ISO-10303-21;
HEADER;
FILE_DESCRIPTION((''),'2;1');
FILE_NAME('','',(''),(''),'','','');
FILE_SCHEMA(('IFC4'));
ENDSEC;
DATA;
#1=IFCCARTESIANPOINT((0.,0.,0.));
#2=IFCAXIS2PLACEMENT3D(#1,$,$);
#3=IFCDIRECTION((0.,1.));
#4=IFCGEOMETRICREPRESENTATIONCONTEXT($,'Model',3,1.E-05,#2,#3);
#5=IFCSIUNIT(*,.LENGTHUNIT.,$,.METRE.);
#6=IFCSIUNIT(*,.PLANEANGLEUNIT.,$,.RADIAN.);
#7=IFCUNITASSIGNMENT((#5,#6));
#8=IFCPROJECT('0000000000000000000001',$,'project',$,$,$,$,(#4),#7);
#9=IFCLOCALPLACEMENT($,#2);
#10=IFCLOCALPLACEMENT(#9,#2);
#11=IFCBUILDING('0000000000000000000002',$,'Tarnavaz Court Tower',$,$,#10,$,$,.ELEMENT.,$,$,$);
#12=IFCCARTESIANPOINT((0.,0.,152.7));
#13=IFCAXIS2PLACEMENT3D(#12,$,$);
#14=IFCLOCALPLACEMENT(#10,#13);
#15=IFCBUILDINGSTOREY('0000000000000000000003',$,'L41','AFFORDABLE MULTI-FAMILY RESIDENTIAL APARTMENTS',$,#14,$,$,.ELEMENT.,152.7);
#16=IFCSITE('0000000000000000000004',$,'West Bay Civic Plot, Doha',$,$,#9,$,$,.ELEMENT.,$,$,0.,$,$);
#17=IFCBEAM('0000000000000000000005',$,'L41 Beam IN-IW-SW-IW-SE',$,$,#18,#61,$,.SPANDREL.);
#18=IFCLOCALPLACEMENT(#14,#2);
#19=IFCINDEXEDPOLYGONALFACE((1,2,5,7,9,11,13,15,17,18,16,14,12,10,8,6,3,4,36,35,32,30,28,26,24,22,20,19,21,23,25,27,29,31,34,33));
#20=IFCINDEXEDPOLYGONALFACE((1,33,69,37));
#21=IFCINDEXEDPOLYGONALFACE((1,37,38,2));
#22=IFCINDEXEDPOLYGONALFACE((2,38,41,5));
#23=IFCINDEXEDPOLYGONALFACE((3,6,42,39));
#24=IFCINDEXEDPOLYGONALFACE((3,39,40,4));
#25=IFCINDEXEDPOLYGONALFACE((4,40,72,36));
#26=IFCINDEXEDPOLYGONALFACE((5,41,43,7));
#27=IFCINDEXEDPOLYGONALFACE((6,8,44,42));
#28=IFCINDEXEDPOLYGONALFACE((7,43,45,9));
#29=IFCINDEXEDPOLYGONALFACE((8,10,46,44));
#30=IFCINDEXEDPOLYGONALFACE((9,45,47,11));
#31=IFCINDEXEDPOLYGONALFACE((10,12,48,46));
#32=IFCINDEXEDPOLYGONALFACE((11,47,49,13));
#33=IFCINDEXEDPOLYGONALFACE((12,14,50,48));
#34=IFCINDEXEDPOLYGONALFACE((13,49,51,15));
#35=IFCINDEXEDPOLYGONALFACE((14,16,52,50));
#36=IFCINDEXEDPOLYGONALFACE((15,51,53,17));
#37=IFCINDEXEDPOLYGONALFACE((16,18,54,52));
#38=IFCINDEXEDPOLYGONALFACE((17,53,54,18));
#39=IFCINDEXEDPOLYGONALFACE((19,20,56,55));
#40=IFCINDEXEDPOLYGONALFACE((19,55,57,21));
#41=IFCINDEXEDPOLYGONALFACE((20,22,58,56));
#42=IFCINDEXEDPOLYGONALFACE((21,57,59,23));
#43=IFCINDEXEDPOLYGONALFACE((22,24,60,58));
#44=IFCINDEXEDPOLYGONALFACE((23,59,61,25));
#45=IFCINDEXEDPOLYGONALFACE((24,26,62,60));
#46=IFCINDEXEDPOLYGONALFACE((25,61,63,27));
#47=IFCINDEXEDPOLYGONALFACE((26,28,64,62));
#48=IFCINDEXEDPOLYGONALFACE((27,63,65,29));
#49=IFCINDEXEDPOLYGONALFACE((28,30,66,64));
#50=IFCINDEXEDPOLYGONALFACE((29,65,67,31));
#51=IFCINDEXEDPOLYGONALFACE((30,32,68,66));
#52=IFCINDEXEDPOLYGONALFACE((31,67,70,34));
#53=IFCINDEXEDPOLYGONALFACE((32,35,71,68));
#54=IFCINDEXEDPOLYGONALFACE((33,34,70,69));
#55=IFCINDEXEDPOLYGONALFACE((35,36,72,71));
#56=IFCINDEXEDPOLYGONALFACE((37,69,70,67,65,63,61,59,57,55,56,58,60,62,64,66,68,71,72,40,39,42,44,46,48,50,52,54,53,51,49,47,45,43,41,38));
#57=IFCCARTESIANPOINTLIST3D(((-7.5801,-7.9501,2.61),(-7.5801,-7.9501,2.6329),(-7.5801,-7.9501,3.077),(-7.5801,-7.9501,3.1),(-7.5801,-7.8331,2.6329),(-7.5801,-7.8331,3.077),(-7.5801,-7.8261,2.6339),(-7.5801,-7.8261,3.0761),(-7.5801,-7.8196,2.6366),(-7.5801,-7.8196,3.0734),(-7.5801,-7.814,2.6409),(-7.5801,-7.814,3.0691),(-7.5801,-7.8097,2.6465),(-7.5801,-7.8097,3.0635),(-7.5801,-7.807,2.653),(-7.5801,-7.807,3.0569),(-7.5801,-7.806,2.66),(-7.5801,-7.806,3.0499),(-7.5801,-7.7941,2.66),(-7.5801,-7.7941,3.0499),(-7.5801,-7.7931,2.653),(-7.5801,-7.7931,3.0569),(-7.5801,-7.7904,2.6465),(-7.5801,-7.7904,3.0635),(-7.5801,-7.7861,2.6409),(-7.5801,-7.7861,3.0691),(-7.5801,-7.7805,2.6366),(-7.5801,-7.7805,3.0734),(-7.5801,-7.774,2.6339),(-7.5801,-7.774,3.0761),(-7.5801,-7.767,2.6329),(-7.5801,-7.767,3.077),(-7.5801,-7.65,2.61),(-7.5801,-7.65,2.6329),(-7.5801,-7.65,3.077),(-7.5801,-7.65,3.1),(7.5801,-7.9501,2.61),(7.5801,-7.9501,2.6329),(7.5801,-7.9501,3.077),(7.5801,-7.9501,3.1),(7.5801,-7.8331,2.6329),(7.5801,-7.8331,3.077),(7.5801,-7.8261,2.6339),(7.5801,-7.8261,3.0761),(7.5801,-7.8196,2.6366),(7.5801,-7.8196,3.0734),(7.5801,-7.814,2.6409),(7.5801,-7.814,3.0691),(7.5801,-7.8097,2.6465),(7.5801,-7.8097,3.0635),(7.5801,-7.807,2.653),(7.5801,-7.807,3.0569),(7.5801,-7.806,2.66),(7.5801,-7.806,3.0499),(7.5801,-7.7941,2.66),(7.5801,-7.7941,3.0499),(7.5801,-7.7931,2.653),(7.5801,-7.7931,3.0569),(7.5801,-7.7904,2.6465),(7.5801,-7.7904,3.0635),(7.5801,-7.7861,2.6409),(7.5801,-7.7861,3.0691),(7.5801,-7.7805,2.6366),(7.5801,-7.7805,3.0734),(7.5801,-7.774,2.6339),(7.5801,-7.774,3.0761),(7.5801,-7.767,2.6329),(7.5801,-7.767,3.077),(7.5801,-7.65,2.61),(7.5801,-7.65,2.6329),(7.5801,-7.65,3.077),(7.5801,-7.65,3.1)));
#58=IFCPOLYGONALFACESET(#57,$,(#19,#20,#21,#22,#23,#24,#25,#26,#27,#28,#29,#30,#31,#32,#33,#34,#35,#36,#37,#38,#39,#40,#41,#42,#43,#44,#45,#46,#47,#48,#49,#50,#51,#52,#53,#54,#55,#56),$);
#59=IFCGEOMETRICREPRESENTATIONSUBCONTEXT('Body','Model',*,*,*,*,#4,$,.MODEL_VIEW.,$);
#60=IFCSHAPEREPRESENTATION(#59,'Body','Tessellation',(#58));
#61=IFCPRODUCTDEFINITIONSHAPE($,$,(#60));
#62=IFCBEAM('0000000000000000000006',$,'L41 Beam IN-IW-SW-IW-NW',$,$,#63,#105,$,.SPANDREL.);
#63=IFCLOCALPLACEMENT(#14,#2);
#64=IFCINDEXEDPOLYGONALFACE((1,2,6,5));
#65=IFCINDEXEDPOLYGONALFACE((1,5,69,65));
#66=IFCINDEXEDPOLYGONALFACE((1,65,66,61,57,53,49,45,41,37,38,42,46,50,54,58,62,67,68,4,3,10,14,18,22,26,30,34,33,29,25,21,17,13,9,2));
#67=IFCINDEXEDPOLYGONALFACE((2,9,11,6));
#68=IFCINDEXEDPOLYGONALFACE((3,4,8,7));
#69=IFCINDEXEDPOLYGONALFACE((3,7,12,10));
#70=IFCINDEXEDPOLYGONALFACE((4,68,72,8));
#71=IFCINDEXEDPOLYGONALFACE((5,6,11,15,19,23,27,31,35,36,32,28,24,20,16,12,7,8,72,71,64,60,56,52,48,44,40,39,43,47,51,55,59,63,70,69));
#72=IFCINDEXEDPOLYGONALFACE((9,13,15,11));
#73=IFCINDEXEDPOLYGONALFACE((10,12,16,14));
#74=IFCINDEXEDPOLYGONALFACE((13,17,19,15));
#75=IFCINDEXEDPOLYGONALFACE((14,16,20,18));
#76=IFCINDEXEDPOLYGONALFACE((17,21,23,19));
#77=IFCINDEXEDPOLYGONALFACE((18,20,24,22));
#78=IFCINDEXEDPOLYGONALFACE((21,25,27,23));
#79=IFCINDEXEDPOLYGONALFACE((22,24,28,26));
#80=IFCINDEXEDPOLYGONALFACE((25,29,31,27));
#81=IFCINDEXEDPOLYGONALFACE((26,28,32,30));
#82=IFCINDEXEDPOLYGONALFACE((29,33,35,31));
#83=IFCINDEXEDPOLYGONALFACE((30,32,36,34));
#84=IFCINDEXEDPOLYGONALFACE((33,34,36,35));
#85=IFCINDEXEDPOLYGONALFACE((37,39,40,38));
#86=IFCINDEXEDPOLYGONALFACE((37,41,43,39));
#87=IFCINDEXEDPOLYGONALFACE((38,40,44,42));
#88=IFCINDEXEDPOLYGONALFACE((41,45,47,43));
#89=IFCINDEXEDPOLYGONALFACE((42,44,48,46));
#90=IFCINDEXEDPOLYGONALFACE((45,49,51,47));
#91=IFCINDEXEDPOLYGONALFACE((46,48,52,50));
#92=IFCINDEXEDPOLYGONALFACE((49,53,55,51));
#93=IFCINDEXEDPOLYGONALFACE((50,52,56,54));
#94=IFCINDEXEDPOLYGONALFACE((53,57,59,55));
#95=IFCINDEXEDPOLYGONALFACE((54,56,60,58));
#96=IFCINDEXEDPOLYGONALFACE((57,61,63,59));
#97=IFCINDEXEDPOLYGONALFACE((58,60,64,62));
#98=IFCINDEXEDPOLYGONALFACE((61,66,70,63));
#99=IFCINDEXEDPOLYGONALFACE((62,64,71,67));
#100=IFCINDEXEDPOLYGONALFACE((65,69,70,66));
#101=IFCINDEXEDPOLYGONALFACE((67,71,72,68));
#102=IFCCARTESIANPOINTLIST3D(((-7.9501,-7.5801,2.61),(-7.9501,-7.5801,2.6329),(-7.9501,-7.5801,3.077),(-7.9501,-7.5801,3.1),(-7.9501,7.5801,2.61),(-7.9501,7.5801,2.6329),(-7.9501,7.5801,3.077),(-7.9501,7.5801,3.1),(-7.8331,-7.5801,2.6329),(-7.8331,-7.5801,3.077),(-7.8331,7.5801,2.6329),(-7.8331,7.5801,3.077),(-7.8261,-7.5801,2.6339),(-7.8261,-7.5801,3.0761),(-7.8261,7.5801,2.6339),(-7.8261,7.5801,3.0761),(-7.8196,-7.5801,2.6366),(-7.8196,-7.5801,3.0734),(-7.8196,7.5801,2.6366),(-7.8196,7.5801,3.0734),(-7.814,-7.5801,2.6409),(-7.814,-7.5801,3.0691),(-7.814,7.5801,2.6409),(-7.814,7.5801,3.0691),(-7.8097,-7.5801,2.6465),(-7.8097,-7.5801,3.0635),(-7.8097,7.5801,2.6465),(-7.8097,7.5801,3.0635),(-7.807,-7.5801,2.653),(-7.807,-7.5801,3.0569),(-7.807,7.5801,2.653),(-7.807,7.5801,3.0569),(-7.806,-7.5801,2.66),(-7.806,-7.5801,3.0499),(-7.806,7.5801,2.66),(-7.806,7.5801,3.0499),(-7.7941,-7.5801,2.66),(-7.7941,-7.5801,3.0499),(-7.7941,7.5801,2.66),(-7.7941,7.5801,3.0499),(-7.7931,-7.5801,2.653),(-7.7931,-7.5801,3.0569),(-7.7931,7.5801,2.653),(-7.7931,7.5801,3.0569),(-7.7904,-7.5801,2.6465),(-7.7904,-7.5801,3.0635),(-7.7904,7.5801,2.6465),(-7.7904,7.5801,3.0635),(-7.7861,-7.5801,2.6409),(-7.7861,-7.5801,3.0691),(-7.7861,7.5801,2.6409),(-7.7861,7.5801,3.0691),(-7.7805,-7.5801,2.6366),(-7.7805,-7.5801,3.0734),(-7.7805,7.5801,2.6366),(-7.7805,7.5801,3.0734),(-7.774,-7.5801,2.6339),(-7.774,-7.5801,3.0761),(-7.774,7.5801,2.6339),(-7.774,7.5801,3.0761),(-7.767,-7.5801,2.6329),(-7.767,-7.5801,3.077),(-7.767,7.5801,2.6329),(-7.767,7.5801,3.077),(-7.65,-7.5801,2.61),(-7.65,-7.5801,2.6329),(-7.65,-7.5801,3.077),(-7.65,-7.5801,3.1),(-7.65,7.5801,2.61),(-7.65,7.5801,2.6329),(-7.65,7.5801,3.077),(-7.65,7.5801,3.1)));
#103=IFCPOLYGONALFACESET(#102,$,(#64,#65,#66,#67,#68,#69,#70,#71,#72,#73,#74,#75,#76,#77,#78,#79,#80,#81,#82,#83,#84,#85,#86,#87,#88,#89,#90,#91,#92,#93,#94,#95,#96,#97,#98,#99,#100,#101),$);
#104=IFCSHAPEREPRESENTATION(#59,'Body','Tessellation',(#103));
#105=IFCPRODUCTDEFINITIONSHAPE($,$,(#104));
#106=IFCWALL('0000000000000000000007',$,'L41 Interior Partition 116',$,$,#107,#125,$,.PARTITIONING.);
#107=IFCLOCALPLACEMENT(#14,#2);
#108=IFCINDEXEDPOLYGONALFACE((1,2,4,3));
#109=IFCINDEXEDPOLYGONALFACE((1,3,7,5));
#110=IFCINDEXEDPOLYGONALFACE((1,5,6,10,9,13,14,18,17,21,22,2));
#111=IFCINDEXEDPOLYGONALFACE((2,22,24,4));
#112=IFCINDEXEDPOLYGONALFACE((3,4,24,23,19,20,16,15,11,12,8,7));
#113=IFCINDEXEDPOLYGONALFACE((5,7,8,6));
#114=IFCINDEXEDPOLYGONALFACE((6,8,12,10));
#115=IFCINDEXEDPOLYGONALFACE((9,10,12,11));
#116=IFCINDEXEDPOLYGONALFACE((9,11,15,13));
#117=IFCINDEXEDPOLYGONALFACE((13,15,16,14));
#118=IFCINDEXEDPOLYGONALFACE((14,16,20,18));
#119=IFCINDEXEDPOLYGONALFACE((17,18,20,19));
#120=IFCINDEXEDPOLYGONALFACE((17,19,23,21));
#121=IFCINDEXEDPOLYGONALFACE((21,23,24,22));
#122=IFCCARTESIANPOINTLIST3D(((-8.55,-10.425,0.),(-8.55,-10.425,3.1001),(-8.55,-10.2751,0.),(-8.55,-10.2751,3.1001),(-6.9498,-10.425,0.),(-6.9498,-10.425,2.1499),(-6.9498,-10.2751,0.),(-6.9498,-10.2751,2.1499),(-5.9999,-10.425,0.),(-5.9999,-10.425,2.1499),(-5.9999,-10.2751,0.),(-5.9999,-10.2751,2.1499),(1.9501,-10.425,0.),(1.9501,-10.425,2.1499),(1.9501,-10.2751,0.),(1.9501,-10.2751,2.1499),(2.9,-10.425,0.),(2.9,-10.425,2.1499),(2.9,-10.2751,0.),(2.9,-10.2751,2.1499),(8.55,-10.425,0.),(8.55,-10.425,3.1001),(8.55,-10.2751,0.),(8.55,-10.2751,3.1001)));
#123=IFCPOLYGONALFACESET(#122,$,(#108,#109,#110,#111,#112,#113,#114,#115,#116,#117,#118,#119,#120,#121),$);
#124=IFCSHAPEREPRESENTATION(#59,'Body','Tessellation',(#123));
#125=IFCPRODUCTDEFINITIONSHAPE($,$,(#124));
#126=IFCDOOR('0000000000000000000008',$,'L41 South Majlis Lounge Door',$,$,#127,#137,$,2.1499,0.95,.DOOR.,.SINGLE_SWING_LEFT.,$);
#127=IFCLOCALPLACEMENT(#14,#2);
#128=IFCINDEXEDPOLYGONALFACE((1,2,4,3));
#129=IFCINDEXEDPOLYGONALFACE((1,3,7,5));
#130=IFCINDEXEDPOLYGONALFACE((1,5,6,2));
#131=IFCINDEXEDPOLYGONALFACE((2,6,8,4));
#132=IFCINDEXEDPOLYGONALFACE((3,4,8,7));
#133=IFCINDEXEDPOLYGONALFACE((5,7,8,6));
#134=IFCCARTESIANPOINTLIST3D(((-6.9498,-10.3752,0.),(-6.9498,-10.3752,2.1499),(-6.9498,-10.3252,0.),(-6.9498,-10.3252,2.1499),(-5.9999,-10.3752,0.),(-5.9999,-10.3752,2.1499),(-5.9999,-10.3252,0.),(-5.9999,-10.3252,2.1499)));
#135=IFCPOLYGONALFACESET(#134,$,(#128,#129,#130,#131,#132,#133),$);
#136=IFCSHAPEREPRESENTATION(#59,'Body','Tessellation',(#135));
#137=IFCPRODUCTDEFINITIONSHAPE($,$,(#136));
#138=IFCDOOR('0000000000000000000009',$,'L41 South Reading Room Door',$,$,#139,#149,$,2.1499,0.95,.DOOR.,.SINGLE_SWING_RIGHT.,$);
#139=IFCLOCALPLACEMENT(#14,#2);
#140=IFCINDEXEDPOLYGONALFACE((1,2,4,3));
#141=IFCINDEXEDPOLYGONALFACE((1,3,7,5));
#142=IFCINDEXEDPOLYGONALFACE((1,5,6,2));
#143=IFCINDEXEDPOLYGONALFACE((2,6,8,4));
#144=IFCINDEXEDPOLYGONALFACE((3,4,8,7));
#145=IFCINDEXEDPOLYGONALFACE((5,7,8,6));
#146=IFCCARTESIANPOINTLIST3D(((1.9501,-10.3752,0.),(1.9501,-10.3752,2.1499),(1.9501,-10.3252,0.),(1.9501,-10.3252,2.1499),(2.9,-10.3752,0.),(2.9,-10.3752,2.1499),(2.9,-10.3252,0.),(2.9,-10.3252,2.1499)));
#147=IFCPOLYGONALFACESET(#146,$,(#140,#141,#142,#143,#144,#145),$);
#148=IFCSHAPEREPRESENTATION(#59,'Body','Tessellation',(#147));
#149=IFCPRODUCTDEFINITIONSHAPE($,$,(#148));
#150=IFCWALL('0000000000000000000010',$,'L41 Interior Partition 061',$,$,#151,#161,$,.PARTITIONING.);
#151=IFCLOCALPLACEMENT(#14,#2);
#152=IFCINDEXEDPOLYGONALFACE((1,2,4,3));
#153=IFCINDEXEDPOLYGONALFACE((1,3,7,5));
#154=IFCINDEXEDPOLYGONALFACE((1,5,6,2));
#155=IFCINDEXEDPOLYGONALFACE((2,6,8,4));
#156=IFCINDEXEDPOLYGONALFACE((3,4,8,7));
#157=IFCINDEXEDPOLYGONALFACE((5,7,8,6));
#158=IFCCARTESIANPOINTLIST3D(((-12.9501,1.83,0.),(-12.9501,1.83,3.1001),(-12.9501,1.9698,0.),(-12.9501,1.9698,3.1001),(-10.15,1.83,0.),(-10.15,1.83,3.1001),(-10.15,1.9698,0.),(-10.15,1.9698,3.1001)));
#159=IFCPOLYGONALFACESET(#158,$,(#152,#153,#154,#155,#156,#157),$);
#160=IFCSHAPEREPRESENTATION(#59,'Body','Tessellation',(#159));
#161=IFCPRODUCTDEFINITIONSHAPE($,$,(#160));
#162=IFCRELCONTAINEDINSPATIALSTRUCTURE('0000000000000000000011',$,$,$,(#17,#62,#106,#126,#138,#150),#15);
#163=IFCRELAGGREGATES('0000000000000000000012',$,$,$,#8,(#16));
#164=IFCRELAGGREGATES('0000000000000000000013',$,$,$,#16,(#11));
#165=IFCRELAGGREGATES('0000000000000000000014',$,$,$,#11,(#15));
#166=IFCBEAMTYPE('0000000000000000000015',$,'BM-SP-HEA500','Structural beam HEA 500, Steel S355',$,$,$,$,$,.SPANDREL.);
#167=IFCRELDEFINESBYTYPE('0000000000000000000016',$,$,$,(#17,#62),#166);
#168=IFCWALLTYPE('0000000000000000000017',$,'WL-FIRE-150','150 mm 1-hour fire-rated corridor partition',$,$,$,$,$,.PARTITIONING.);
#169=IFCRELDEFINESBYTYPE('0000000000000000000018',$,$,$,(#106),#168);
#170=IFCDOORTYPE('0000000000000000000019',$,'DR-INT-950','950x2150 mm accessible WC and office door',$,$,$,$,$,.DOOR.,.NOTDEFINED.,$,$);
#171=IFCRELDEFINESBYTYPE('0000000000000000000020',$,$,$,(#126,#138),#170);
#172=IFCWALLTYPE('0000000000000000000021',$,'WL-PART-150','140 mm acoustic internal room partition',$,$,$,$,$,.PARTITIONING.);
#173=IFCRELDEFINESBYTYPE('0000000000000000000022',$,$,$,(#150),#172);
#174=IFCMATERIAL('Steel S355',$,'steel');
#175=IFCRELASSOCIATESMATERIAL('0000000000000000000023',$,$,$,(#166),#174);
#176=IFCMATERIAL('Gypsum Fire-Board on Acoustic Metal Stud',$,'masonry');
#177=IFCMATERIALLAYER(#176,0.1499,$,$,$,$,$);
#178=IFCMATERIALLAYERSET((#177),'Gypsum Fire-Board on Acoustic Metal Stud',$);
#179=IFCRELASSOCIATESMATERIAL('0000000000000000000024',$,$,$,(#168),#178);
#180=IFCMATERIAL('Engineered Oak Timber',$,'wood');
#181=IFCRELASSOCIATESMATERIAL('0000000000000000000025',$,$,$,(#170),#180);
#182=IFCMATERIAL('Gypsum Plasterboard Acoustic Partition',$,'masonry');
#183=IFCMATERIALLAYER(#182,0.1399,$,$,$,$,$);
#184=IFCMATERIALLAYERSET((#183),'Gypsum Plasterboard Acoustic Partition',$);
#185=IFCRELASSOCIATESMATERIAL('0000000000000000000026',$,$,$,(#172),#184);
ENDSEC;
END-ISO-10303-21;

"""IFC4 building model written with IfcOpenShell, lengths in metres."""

from ifc_helpers import new_model, si_unit, direction, frame, frame_2d, origin, origin_2d, place, context, subcontext, project, spatial, rectangle, i_section, extrude, material, layer, layer_set, material_profile, profile_set, type_object, element, fill, save


model = new_model("IFC4")

# Units and contexts
model_context = context("Model", 3, precision=1e-05, world=origin(), true_north=direction((0.0, 1.0)))
body_context = subcontext(model_context, "Body", "Model", "MODEL_VIEW")
ifc_project = project(units=[si_unit("LENGTHUNIT", "METRE"), si_unit("PLANEANGLEUNIT", "RADIAN")], contexts=[model_context])

# Site, building, storey
site_placement = place(None, origin())
site = spatial("IfcSite", under=ifc_project, at=site_placement, Name="West Bay Civic Plot, Doha", CompositionType="ELEMENT", RefElevation=0.0)
building_placement = place(site_placement, origin())
building = spatial("IfcBuilding", under=site, at=building_placement, Name="Tarnavaz Court Tower", CompositionType="ELEMENT")
storey_placement = place(building_placement, frame((0.0, 0.0, 152.7)))
storey = spatial("IfcBuildingStorey", under=building, at=storey_placement, Name="L41", Description="AFFORDABLE MULTI-FAMILY RESIDENTIAL APARTMENTS", CompositionType="ELEMENT", Elevation=152.7)

# Beams
ifc_material_1 = material(Name="Steel S355", Category="steel")
ifc_material_profile_1 = material_profile(ifc_material_1, i_section(OverallWidth=0.3, OverallDepth=0.49, WebThickness=0.012, FlangeThickness=0.0229, FilletRadius=0.0271, at=origin_2d()), Name="HEA 500")
ifc_profile_set_1 = profile_set([ifc_material_profile_1], Name="Steel S355")
beam_type_1 = type_object("IfcBeamType", Name="BM-SP-HEA500", Description="Structural beam HEA 500, Steel S355", PredefinedType="SPANDREL", material=ifc_profile_set_1)
for number, where, z_axis, x_axis, name in (
    (1, (-7.5801, -7.8, 2.855), (1.0, 0.0, 0.0), (0.0, 1.0, 0.0), "L41 Beam IN-IW-SW-IW-SE"),
    (2, (-7.8, -7.5801, 2.855), (0.0, 1.0, 0.0), (-1.0, 0.0, 0.0), "L41 Beam IN-IW-SW-IW-NW"),
):
    element("IfcBeam", number, at=place(storey_placement, frame(where, z_axis=z_axis, x_axis=x_axis)), inside=storey, type_object=beam_type_1, Name=name, PredefinedType="SPANDREL", context=body_context, shape_type="SweptSolid", body=[
        extrude(i_section(OverallWidth=0.3, OverallDepth=0.49, WebThickness=0.012, FlangeThickness=0.0229, FilletRadius=0.0271, at=origin_2d()), origin(), (0.0, 0.0, 1.0), 15.1602),
    ])

# Wall, openings, doors
ifc_material_2 = material(Name="Gypsum Fire-Board on Acoustic Metal Stud", Category="masonry")
ifc_layer_1 = layer(ifc_material_2, 0.1499)
ifc_layer_set_1 = layer_set([ifc_layer_1], Name="Gypsum Fire-Board on Acoustic Metal Stud")
wall_type_1 = type_object("IfcWallType", Name="WL-FIRE-150", Description="150 mm 1-hour fire-rated corridor partition", PredefinedType="PARTITIONING", material=ifc_layer_set_1)
wall_1_placement = place(storey_placement, frame((-8.55, -10.3501, 0.0), z_axis=(0.0, 0.0, 1.0), x_axis=(1.0, 0.0, 0.0)))
wall_1 = element("IfcWall", 3, at=wall_1_placement, inside=storey, type_object=wall_type_1, Name="L41 Interior Partition 116", PredefinedType="PARTITIONING", context=body_context, shape_type="SweptSolid", body=[
    extrude(rectangle(XDim=17.1001, YDim=0.1499, at=frame_2d((8.55, 0.0))), origin(), (0.0, 0.0, 1.0), 3.1001),
])
opening_1_placement = place(wall_1_placement, frame((1.6001, 0.0, 0.0)))
opening_1 = element("IfcOpeningElement", 4, at=opening_1_placement, cuts=wall_1, PredefinedType="OPENING", context=body_context, shape_type="SweptSolid", body=[
    extrude(rectangle(XDim=0.95, YDim=2.1499, at=frame_2d((0.4751, 1.075))), frame((0.0, 0.085, 0.0), z_axis=(0.0, -1.0, 0.0), x_axis=(1.0, 0.0, 0.0)), (0.0, 0.0, 1.0), 0.1699),
])
opening_2_placement = place(wall_1_placement, frame((10.5, 0.0, 0.0)))
opening_2 = element("IfcOpeningElement", 5, at=opening_2_placement, cuts=wall_1, PredefinedType="OPENING", context=body_context, shape_type="SweptSolid", body=[
    extrude(rectangle(XDim=0.95, YDim=2.1499, at=frame_2d((0.4751, 1.075))), frame((0.0, 0.085, 0.0), z_axis=(0.0, -1.0, 0.0), x_axis=(1.0, 0.0, 0.0)), (0.0, 0.0, 1.0), 0.1699),
])
ifc_material_3 = material(Name="Engineered Oak Timber", Category="wood")
door_type_1 = type_object("IfcDoorType", Name="DR-INT-950", Description="950x2150 mm accessible WC and office door", OperationType="NOTDEFINED", PredefinedType="DOOR", material=ifc_material_3)
door_1_placement = place(opening_1_placement, origin())
door_1 = element("IfcDoor", 6, at=door_1_placement, inside=storey, type_object=door_type_1, Name="L41 South Majlis Lounge Door", OperationType="SINGLE_SWING_LEFT", OverallHeight=2.1499, OverallWidth=0.95, PredefinedType="DOOR", context=body_context, shape_type="SweptSolid", body=[
    extrude(rectangle(XDim=0.95, YDim=2.1499, at=frame_2d((0.4751, 1.075))), frame((0.0, 0.0249, 0.0), z_axis=(0.0, -1.0, 0.0), x_axis=(1.0, 0.0, 0.0)), (0.0, 0.0, 1.0), 0.05),
])
fill(opening_1, door_1)
door_2_placement = place(opening_2_placement, origin())
door_2 = element("IfcDoor", 7, at=door_2_placement, inside=storey, type_object=door_type_1, Name="L41 South Reading Room Door", OperationType="SINGLE_SWING_RIGHT", OverallHeight=2.1499, OverallWidth=0.95, PredefinedType="DOOR", context=body_context, shape_type="SweptSolid", body=[
    extrude(rectangle(XDim=0.95, YDim=2.1499, at=frame_2d((0.4751, 1.075))), frame((0.0, 0.0249, 0.0), z_axis=(0.0, -1.0, 0.0), x_axis=(1.0, 0.0, 0.0)), (0.0, 0.0, 1.0), 0.05),
])
fill(opening_2, door_2)

# Wall
ifc_material_4 = material(Name="Gypsum Plasterboard Acoustic Partition", Category="masonry")
ifc_layer_2 = layer(ifc_material_4, 0.1399)
ifc_layer_set_2 = layer_set([ifc_layer_2], Name="Gypsum Plasterboard Acoustic Partition")
wall_type_2 = type_object("IfcWallType", Name="WL-PART-150", Description="140 mm acoustic internal room partition", PredefinedType="PARTITIONING", material=ifc_layer_set_2)
wall_2_placement = place(storey_placement, frame((-12.95, 1.8999, 0.0), z_axis=(0.0, 0.0, 1.0), x_axis=(1.0, 0.0, 0.0)))
element("IfcWall", 8, at=wall_2_placement, inside=storey, type_object=wall_type_2, Name="L41 Interior Partition 061", PredefinedType="PARTITIONING", context=body_context, shape_type="SweptSolid", body=[
    extrude(rectangle(XDim=2.8, YDim=0.1399, at=frame_2d((1.3999, 0.0))), origin(), (0.0, 0.0, 1.0), 3.1001),
])

save(model, "model.ifc")
